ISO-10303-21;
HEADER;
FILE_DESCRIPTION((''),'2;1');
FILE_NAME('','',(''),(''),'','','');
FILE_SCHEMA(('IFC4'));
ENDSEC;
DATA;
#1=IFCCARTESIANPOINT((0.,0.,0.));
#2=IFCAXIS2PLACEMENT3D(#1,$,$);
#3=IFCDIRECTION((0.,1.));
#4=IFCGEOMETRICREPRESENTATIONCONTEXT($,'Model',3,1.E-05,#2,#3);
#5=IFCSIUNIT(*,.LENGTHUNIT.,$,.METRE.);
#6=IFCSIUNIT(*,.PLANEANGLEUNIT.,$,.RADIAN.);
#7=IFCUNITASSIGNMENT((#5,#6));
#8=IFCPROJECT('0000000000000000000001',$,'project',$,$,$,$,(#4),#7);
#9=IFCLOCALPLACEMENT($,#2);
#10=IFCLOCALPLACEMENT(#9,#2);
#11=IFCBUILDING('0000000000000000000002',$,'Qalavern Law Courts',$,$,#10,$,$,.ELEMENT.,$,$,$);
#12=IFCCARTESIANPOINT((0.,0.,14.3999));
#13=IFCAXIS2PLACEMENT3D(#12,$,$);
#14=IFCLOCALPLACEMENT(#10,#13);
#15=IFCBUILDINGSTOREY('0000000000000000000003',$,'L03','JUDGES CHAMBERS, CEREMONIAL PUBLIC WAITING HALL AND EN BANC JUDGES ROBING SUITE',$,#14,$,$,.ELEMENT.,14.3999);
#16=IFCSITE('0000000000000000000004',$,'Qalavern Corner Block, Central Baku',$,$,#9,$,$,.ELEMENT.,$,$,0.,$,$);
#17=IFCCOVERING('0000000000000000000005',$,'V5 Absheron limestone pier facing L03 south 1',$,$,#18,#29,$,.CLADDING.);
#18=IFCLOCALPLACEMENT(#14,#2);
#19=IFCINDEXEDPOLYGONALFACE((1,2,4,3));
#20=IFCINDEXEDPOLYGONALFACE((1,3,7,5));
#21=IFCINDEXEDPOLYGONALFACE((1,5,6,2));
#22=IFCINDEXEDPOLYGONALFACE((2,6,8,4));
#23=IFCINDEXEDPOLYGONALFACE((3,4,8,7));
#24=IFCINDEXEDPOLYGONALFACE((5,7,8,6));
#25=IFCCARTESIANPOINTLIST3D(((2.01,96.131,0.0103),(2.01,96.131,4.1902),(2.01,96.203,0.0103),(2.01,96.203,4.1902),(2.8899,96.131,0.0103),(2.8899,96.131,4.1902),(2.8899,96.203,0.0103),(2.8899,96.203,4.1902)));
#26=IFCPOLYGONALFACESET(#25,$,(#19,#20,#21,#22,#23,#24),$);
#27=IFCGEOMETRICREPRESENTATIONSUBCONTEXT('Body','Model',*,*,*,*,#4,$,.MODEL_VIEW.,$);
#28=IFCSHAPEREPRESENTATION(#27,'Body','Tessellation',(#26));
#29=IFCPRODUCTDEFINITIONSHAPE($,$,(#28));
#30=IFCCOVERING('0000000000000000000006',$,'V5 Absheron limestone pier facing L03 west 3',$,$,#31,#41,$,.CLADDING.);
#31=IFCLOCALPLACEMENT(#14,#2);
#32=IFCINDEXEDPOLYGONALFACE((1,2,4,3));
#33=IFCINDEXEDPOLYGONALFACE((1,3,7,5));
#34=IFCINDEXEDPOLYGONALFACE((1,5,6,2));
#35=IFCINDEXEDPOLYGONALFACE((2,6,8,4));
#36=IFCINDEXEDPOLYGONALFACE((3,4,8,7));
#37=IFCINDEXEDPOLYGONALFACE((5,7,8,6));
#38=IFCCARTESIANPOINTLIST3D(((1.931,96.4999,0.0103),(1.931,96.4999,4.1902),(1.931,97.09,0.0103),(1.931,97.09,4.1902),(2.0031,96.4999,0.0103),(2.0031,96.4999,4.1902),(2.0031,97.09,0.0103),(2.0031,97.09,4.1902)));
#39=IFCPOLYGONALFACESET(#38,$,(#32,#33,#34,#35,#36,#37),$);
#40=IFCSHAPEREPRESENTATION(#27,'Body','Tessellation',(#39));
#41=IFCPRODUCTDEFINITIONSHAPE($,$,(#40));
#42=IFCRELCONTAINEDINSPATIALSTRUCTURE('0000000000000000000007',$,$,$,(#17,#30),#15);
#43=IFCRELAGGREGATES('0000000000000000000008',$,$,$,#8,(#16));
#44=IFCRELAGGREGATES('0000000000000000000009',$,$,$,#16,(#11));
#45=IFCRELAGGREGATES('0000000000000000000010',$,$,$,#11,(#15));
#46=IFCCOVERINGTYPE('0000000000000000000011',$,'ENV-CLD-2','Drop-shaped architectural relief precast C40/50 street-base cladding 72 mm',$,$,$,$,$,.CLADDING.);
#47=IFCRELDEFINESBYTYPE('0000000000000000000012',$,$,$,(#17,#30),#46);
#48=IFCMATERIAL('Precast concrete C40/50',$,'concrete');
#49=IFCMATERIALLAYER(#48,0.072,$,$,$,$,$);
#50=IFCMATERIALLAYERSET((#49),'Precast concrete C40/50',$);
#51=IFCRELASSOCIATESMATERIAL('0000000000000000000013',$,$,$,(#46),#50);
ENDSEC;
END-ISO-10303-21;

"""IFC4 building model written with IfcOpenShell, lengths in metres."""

from ifc_helpers import new_model, si_unit, direction, frame, origin, origin_2d, place, context, subcontext, project, spatial, rectangle, extrude, material, layer, layer_set, type_object, element, save


model = new_model("IFC4")

# Units and contexts
model_context = context("Model", 3, precision=1e-05, world=origin(), true_north=direction((0.0, 1.0)))
body_context = subcontext(model_context, "Body", "Model", "MODEL_VIEW")
ifc_project = project(units=[si_unit("LENGTHUNIT", "METRE"), si_unit("PLANEANGLEUNIT", "RADIAN")], contexts=[model_context])

# Site, building, storey
site_placement = place(None, origin())
site = spatial("IfcSite", under=ifc_project, at=site_placement, Name="Qalavern Corner Block, Central Baku", CompositionType="ELEMENT", RefElevation=0.0)
building_placement = place(site_placement, origin())
building = spatial("IfcBuilding", under=site, at=building_placement, Name="Qalavern Law Courts", CompositionType="ELEMENT")
storey_placement = place(building_placement, frame((0.0, 0.0, 14.3999)))
storey = spatial("IfcBuildingStorey", under=building, at=storey_placement, Name="L03", Description="JUDGES CHAMBERS, CEREMONIAL PUBLIC WAITING HALL AND EN BANC JUDGES ROBING SUITE", CompositionType="ELEMENT", Elevation=14.3999)

# Coverings
ifc_material_1 = material(Name="Precast concrete C40/50", Category="concrete")
ifc_layer_1 = layer(ifc_material_1, 0.072)
ifc_layer_set_1 = layer_set([ifc_layer_1], Name="Precast concrete C40/50")
covering_type_1 = type_object("IfcCoveringType", Name="ENV-CLD-2", Description="Drop-shaped architectural relief precast C40/50 street-base cladding 72 mm", PredefinedType="CLADDING", material=ifc_layer_set_1)
covering_1_placement = place(storey_placement, frame((2.45, 96.167, 0.0103), z_axis=(0.0, 0.0, 1.0), x_axis=(1.0, 0.0, 0.0)))
element("IfcCovering", 1, at=covering_1_placement, inside=storey, type_object=covering_type_1, Name="V5 Absheron limestone pier facing L03 south 1", PredefinedType="CLADDING", context=body_context, shape_type="SweptSolid", body=[
    extrude(rectangle(XDim=0.8799, YDim=0.072, at=origin_2d()), origin(), (0.0, 0.0, 1.0), 4.1799),
])
covering_2_placement = place(storey_placement, frame((1.967, 96.7949, 0.0103), z_axis=(0.0, 0.0, 1.0), x_axis=(0.0, -1.0, 0.0)))
element("IfcCovering", 2, at=covering_2_placement, inside=storey, type_object=covering_type_1, Name="V5 Absheron limestone pier facing L03 west 3", PredefinedType="CLADDING", context=body_context, shape_type="SweptSolid", body=[
    extrude(rectangle(XDim=0.5901, YDim=0.072, at=origin_2d()), origin(), (0.0, 0.0, 1.0), 4.1799),
])

save(model, "model.ifc")
